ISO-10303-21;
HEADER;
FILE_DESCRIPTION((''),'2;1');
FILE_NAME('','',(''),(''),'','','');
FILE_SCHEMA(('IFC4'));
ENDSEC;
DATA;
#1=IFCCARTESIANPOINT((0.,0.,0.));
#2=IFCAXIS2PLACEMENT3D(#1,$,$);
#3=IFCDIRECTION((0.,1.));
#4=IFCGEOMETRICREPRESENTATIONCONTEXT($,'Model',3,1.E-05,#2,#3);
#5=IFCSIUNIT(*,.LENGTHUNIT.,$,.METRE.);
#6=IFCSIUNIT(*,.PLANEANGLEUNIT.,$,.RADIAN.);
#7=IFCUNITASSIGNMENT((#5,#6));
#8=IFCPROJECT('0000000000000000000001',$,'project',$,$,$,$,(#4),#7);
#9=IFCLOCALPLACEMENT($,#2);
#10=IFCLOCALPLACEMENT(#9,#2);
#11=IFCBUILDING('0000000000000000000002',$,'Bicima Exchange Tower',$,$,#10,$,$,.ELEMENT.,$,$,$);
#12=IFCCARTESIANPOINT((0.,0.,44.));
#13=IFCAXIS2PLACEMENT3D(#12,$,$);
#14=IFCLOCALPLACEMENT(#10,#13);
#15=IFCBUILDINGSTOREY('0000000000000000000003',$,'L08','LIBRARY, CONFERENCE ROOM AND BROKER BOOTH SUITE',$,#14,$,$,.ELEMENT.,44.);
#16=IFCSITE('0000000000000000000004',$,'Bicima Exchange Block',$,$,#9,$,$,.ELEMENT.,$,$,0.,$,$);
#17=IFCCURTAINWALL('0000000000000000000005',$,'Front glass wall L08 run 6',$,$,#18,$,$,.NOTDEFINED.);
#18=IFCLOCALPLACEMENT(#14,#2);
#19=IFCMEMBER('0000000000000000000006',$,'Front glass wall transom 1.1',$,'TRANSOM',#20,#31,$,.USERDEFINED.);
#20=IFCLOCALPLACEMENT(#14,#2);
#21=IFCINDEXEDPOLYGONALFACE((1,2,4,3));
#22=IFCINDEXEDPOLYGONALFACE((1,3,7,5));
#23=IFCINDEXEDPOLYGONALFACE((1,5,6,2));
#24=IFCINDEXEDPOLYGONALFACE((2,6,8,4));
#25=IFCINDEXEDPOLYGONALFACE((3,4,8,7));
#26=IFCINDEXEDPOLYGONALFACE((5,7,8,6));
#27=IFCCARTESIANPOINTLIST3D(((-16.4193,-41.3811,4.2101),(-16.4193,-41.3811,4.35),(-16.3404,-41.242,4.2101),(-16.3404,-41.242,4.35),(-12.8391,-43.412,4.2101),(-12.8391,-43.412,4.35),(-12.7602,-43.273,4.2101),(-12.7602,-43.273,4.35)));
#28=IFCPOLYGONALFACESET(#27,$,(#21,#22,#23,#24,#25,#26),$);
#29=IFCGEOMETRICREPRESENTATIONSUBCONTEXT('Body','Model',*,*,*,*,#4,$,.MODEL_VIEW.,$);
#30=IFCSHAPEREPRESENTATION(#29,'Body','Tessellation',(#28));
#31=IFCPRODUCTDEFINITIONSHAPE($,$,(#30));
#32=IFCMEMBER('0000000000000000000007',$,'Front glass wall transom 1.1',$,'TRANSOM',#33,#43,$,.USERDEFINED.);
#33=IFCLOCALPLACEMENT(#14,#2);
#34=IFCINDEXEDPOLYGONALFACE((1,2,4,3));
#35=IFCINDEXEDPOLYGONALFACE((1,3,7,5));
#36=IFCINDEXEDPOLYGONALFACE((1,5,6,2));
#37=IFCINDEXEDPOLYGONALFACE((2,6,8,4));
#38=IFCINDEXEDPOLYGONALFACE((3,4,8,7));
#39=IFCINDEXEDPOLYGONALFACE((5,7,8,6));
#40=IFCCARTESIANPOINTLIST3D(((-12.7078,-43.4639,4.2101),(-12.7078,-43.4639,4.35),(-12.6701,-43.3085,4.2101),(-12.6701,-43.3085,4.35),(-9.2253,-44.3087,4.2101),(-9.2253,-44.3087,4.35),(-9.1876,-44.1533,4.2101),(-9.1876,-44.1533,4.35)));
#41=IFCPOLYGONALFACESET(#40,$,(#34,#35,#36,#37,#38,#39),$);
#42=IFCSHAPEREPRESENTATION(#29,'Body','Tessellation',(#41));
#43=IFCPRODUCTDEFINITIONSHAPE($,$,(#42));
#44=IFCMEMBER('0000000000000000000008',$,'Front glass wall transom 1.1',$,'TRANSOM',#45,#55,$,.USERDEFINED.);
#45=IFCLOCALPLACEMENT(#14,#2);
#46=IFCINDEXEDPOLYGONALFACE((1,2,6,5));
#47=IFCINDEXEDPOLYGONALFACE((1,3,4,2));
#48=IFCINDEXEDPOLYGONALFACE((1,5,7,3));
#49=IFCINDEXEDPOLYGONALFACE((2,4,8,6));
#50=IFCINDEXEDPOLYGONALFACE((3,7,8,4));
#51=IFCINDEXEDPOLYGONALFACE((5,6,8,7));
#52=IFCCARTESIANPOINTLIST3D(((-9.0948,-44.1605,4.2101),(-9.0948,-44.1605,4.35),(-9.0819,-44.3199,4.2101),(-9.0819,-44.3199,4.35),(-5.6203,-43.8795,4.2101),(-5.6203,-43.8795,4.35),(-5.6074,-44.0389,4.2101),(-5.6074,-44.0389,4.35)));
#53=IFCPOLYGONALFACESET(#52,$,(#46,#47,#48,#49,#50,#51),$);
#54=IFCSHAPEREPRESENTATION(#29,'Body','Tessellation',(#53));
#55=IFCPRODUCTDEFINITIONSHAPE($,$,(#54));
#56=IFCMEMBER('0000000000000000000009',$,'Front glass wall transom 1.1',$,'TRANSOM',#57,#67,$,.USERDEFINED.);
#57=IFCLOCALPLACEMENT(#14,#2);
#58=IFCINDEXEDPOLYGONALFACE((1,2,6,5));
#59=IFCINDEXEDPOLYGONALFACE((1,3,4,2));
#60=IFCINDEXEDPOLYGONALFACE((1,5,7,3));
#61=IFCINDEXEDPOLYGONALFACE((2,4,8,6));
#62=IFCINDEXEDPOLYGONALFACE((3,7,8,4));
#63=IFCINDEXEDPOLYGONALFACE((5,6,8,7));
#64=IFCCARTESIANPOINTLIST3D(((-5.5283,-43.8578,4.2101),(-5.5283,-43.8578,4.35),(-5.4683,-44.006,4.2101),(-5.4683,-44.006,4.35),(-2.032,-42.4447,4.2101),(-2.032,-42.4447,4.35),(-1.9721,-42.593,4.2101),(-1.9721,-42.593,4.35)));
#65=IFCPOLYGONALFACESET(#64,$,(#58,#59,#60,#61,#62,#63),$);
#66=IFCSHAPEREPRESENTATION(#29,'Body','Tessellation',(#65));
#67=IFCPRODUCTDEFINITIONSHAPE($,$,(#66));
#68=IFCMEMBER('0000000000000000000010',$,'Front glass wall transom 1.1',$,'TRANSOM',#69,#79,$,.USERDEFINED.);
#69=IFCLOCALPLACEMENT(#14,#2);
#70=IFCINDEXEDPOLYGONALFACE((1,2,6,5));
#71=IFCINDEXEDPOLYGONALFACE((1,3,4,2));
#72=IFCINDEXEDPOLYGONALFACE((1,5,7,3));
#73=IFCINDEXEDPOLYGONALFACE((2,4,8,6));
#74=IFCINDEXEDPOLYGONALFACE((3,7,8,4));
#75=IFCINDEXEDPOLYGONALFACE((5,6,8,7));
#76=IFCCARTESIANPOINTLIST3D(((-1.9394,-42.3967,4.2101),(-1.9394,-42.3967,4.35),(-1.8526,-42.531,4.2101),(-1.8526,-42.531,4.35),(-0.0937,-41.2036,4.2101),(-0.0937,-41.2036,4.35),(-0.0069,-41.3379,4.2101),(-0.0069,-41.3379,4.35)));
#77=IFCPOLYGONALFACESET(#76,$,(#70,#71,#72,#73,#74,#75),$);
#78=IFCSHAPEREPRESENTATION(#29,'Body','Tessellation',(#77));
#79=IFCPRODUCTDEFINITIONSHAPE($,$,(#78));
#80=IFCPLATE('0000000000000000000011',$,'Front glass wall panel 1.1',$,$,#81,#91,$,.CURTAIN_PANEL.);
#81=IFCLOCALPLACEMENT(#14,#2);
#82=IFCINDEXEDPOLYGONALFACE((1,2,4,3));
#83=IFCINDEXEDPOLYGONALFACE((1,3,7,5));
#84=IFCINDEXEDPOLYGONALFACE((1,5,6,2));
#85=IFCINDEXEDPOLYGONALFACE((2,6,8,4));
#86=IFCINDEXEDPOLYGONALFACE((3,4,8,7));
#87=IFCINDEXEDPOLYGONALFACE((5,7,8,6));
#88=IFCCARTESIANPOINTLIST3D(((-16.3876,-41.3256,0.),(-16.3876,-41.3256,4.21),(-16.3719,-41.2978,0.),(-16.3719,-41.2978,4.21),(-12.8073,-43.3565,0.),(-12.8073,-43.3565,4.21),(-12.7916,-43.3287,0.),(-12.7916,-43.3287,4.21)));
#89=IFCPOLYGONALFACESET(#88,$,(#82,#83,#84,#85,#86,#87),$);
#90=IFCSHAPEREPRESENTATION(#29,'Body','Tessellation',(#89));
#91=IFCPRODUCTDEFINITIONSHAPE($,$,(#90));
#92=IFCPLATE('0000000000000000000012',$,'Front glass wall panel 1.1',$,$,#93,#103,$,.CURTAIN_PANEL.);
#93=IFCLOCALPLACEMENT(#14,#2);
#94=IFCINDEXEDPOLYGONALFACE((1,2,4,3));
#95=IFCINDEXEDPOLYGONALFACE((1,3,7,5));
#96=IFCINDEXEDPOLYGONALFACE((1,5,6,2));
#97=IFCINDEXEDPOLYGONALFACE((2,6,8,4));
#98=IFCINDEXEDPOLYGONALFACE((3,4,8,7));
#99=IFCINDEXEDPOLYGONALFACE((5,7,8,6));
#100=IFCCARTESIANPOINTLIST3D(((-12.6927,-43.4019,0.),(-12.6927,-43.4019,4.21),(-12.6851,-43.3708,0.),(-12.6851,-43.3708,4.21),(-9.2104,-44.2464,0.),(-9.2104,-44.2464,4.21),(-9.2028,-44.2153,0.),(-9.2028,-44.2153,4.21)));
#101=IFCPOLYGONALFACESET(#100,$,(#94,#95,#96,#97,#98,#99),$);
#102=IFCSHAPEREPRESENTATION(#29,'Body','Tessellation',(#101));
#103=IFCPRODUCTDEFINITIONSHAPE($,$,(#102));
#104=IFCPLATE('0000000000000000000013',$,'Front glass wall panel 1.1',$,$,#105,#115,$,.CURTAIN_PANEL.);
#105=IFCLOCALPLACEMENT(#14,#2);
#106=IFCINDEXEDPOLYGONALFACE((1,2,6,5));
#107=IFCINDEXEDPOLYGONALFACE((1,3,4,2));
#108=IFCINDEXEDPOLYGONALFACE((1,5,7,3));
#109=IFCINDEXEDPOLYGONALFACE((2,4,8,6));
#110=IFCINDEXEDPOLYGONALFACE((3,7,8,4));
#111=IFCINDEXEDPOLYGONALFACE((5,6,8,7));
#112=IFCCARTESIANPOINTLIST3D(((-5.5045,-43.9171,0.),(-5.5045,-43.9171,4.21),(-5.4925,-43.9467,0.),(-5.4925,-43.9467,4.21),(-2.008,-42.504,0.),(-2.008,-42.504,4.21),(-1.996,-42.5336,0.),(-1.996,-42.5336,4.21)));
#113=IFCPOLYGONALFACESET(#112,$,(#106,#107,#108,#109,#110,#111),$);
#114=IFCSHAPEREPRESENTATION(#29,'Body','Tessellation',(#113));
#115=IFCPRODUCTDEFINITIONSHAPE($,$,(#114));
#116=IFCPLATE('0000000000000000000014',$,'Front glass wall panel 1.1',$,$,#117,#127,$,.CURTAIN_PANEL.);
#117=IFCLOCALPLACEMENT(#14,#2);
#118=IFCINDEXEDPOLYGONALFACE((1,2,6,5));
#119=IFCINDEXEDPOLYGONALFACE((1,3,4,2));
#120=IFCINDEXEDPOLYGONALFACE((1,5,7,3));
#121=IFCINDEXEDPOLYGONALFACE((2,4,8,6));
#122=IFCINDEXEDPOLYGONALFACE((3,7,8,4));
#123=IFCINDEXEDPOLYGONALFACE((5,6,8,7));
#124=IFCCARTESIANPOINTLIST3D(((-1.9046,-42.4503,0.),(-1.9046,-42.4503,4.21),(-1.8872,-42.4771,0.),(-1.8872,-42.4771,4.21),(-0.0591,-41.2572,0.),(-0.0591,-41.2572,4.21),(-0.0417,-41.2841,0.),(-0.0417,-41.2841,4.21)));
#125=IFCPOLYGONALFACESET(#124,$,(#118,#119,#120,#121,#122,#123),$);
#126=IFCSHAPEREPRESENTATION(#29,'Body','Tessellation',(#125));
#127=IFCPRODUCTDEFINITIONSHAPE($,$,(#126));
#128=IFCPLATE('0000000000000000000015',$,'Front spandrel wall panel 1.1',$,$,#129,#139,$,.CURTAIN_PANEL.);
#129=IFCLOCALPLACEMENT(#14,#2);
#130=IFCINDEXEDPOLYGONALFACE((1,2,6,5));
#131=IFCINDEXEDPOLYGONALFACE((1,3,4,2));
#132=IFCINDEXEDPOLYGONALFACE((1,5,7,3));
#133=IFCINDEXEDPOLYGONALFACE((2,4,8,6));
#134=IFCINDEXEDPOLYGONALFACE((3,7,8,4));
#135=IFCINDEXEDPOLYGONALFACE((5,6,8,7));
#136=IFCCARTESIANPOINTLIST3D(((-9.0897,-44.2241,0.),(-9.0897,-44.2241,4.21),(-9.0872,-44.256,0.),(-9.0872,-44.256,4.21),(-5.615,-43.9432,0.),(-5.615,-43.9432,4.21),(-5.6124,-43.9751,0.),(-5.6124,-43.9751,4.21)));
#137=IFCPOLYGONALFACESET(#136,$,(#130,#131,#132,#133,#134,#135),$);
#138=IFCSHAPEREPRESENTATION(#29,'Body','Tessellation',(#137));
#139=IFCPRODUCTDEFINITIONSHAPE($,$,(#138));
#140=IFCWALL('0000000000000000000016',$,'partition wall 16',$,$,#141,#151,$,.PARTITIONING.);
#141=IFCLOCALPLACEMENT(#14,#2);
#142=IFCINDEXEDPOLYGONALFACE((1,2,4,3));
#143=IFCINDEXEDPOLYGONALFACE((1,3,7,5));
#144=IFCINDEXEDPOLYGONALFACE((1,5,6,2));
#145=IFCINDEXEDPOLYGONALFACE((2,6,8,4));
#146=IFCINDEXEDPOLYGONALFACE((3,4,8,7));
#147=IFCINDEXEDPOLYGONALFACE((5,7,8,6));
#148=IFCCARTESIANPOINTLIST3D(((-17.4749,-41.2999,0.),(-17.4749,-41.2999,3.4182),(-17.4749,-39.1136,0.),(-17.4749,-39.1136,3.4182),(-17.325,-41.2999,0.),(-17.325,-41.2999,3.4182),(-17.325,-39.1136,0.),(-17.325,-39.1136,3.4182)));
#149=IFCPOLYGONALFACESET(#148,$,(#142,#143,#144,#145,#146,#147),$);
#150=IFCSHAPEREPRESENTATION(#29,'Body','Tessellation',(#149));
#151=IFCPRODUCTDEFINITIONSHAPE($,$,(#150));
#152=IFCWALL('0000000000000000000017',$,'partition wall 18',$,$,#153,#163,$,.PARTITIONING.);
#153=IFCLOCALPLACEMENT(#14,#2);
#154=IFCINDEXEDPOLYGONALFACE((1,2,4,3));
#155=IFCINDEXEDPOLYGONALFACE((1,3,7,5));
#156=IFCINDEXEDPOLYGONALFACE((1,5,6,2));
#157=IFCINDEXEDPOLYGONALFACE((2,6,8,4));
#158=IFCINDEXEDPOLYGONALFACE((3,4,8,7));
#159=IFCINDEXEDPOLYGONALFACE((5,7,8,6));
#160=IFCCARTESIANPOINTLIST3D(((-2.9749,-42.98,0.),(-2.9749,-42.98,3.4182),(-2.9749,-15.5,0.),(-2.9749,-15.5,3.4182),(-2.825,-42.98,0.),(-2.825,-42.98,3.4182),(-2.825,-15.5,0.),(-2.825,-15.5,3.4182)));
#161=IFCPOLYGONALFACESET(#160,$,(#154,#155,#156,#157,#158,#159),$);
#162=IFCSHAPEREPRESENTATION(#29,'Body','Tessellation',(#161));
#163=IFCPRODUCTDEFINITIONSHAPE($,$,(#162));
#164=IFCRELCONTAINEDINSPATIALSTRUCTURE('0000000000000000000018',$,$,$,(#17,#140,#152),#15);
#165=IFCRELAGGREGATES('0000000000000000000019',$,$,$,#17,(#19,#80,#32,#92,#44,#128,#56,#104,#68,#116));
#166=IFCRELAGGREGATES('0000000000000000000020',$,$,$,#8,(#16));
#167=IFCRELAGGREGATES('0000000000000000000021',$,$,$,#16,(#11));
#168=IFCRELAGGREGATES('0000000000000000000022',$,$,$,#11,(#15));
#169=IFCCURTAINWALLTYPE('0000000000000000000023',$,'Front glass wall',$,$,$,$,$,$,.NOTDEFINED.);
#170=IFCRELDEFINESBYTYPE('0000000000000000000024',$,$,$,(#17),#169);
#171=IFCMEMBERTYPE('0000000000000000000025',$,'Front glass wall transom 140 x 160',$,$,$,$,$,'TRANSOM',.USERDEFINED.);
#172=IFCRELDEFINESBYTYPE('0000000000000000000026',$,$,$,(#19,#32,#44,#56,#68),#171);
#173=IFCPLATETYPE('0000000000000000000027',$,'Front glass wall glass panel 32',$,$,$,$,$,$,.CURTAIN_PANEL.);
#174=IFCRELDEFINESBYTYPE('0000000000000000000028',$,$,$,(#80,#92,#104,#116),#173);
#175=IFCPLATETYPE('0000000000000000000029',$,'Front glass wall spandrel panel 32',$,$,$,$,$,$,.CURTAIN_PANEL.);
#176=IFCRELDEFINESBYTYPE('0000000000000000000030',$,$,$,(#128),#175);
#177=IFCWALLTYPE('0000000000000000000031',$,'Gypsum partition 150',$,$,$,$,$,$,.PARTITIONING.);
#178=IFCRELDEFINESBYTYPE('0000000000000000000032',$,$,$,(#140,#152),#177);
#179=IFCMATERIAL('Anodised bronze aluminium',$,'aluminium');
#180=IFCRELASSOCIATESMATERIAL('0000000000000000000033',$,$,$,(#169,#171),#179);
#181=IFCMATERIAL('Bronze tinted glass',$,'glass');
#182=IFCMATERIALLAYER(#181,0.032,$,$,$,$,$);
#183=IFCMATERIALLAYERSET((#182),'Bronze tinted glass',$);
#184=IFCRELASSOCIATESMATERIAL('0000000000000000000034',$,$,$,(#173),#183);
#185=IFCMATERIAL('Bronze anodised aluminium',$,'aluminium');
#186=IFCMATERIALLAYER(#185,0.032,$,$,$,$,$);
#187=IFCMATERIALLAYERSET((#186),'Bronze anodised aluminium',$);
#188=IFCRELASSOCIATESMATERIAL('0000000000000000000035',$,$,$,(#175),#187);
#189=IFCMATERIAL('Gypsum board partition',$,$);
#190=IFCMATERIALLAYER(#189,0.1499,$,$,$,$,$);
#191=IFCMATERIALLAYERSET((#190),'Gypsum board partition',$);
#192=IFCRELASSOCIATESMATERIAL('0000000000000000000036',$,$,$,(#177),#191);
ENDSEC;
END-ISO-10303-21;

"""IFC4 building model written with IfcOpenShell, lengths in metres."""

from ifc_helpers import new_model, si_unit, direction, frame, frame_2d, origin, origin_2d, place, context, subcontext, project, spatial, rectangle, extrude, material, layer, layer_set, material_profile, profile_set, type_object, element, aggregate, save


model = new_model("IFC4")

# Units and contexts
model_context = context("Model", 3, precision=1e-05, world=origin(), true_north=direction((0.0, 1.0)))
body_context = subcontext(model_context, "Body", "Model", "MODEL_VIEW")
ifc_project = project(units=[si_unit("LENGTHUNIT", "METRE"), si_unit("PLANEANGLEUNIT", "RADIAN")], contexts=[model_context])

# Site, building, storey
site_placement = place(None, origin())
site = spatial("IfcSite", under=ifc_project, at=site_placement, Name="Bicima Exchange Block", CompositionType="ELEMENT", RefElevation=0.0)
building_placement = place(site_placement, origin())
building = spatial("IfcBuilding", under=site, at=building_placement, Name="Bicima Exchange Tower", CompositionType="ELEMENT")
storey_placement = place(building_placement, frame((0.0, 0.0, 44.0)))
storey = spatial("IfcBuildingStorey", under=building, at=storey_placement, Name="L08", Description="LIBRARY, CONFERENCE ROOM AND BROKER BOOTH SUITE", CompositionType="ELEMENT", Elevation=44.0)

# Curtain wall, members, plates
ifc_material_1 = material(Name="Anodised bronze aluminium", Category="aluminium")
curtain_wall_type = type_object("IfcCurtainWallType", Name="Front glass wall", PredefinedType="NOTDEFINED", material=ifc_material_1)
curtain_wall_placement = place(storey_placement, origin())
curtain_wall = element("IfcCurtainWall", 1, at=curtain_wall_placement, inside=storey, type_object=curtain_wall_type, Name="Front glass wall L08 run 6", PredefinedType="NOTDEFINED")
ifc_material_profile_1 = material_profile(ifc_material_1, rectangle(XDim=0.1599, YDim=0.1399, at=origin_2d()))
ifc_profile_set_1 = profile_set([ifc_material_profile_1], Name="Anodised bronze aluminium")
member_type_1 = type_object("IfcMemberType", Name="Front glass wall transom 140 x 160", ElementType="TRANSOM", PredefinedType="USERDEFINED", material=ifc_profile_set_1)
member_1_placement = place(storey_placement, frame((-16.3799, -41.3115, 4.28), z_axis=(0.869797, -0.493409, 0.0), x_axis=(0.493409, 0.869797, 0.0)))
member_1 = element("IfcMember", 2, at=member_1_placement, type_object=member_type_1, Name="Front glass wall transom 1.1", ObjectType="TRANSOM", PredefinedType="USERDEFINED", context=body_context, shape_type="SweptSolid", body=[
    extrude(rectangle(XDim=0.1599, YDim=0.1399, at=origin_2d()), origin(), (0.0, 0.0, 1.0), 4.1162),
])
member_2_placement = place(storey_placement, frame((-12.689, -43.3862, 4.28), z_axis=(0.971818, -0.235733, 0.0), x_axis=(0.235733, 0.971818, 0.0)))
member_2 = element("IfcMember", 3, at=member_2_placement, type_object=member_type_1, Name="Front glass wall transom 1.1", ObjectType="TRANSOM", PredefinedType="USERDEFINED", context=body_context, shape_type="SweptSolid", body=[
    extrude(rectangle(XDim=0.1599, YDim=0.1399, at=origin_2d()), origin(), (0.0, 0.0, 1.0), 3.5835),
])
member_3_placement = place(storey_placement, frame((-9.0884, -44.2402, 4.28), z_axis=(0.996746, 0.080611, 0.0), x_axis=(-0.080611, 0.996746, 0.0)))
member_3 = element("IfcMember", 4, at=member_3_placement, type_object=member_type_1, Name="Front glass wall transom 1.1", ObjectType="TRANSOM", PredefinedType="USERDEFINED", context=body_context, shape_type="SweptSolid", body=[
    extrude(rectangle(XDim=0.1599, YDim=0.1399, at=origin_2d()), origin(), (0.0, 0.0, 1.0), 3.4858),
])
member_4_placement = place(storey_placement, frame((-5.4983, -43.9319, 4.28), z_axis=(0.92714, 0.374715, 0.0), x_axis=(-0.374715, 0.92714, 0.0)))
member_4 = element("IfcMember", 5, at=member_4_placement, type_object=member_type_1, Name="Front glass wall transom 1.1", ObjectType="TRANSOM", PredefinedType="USERDEFINED", context=body_context, shape_type="SweptSolid", body=[
    extrude(rectangle(XDim=0.1599, YDim=0.1399, at=origin_2d()), origin(), (0.0, 0.0, 1.0), 3.771),
])
member_5_placement = place(storey_placement, frame((-1.896, -42.4639, 4.28), z_axis=(0.839811, 0.542878, 0.0), x_axis=(-0.542878, 0.839811, 0.0)))
member_5 = element("IfcMember", 6, at=member_5_placement, type_object=member_type_1, Name="Front glass wall transom 1.1", ObjectType="TRANSOM", PredefinedType="USERDEFINED", context=body_context, shape_type="SweptSolid", body=[
    extrude(rectangle(XDim=0.1599, YDim=0.1399, at=origin_2d()), origin(), (0.0, 0.0, 1.0), 2.1978),
])
ifc_material_2 = material(Name="Bronze tinted glass", Category="glass")
ifc_layer_1 = layer(ifc_material_2, 0.032)
ifc_layer_set_1 = layer_set([ifc_layer_1], Name="Bronze tinted glass")
plate_type_1 = type_object("IfcPlateType", Name="Front glass wall glass panel 32", PredefinedType="CURTAIN_PANEL", material=ifc_layer_set_1)
plate_1_placement = place(storey_placement, frame((-14.5896, -42.3271, 0.0), z_axis=(0.0, 0.0, 1.0), x_axis=(0.869805, -0.493395, 0.0)))
plate_1 = element("IfcPlate", 7, at=plate_1_placement, type_object=plate_type_1, Name="Front glass wall panel 1.1", PredefinedType="CURTAIN_PANEL", context=body_context, shape_type="SweptSolid", body=[
    extrude(rectangle(XDim=4.1162, YDim=0.032, at=origin_2d()), origin(), (0.0, 0.0, 1.0), 4.21),
])
plate_2_placement = place(storey_placement, frame((-10.9478, -43.8086, 0.0), z_axis=(0.0, 0.0, 1.0), x_axis=(0.97183, -0.235682, 0.0)))
plate_2 = element("IfcPlate", 8, at=plate_2_placement, type_object=plate_type_1, Name="Front glass wall panel 1.1", PredefinedType="CURTAIN_PANEL", context=body_context, shape_type="SweptSolid", body=[
    extrude(rectangle(XDim=3.5833, YDim=0.032, at=origin_2d()), origin(), (0.0, 0.0, 1.0), 4.21),
])
plate_3_placement = place(storey_placement, frame((-3.7502, -43.2253, 0.0), z_axis=(0.0, 0.0, 1.0), x_axis=(0.927144, 0.374705, 0.0)))
plate_3 = element("IfcPlate", 9, at=plate_3_placement, type_object=plate_type_1, Name="Front glass wall panel 1.1", PredefinedType="CURTAIN_PANEL", context=body_context, shape_type="SweptSolid", body=[
    extrude(rectangle(XDim=3.7712, YDim=0.032, at=origin_2d()), origin(), (0.0, 0.0, 1.0), 4.21),
])
plate_4_placement = place(storey_placement, frame((-0.9731, -41.8672, 0.0), z_axis=(0.0, 0.0, 1.0), x_axis=(0.839799, 0.542897, 0.0)))
plate_4 = element("IfcPlate", 10, at=plate_4_placement, type_object=plate_type_1, Name="Front glass wall panel 1.1", PredefinedType="CURTAIN_PANEL", context=body_context, shape_type="SweptSolid", body=[
    extrude(rectangle(XDim=2.1975, YDim=0.032, at=origin_2d()), origin(), (0.0, 0.0, 1.0), 4.21),
])
ifc_material_3 = material(Name="Bronze anodised aluminium", Category="aluminium")
ifc_layer_2 = layer(ifc_material_3, 0.032)
ifc_layer_set_2 = layer_set([ifc_layer_2], Name="Bronze anodised aluminium")
plate_type_2 = type_object("IfcPlateType", Name="Front glass wall spandrel panel 32", PredefinedType="CURTAIN_PANEL", material=ifc_layer_set_2)
plate_5_placement = place(storey_placement, frame((-7.3511, -44.0996, 0.0), z_axis=(0.0, 0.0, 1.0), x_axis=(0.996747, 0.080589, 0.0)))
plate_5 = element("IfcPlate", 11, at=plate_5_placement, type_object=plate_type_2, Name="Front spandrel wall panel 1.1", PredefinedType="CURTAIN_PANEL", context=body_context, shape_type="SweptSolid", body=[
    extrude(rectangle(XDim=3.4861, YDim=0.032, at=origin_2d()), origin(), (0.0, 0.0, 1.0), 4.21),
])
aggregate(curtain_wall, [member_1, plate_1, member_2, plate_2, member_3, plate_5, member_4, plate_3, member_5, plate_4])

# Walls
ifc_material_4 = material(Name="Gypsum board partition")
ifc_layer_3 = layer(ifc_material_4, 0.1499)
ifc_layer_set_3 = layer_set([ifc_layer_3], Name="Gypsum board partition")
wall_type = type_object("IfcWallType", Name="Gypsum partition 150", PredefinedType="PARTITIONING", material=ifc_layer_set_3)
wall_1_placement = place(storey_placement, frame((-17.3999, -41.3, 0.0), z_axis=(0.0, 0.0, 1.0), x_axis=(0.0, 1.0, 0.0)))
element("IfcWall", 12, at=wall_1_placement, inside=storey, type_object=wall_type, Name="partition wall 16", PredefinedType="PARTITIONING", context=body_context, shape_type="SweptSolid", body=[
    extrude(rectangle(XDim=2.1863, YDim=0.1499, at=frame_2d((1.0933, 0.0))), origin(), (0.0, 0.0, 1.0), 3.4182),
])
wall_2_placement = place(storey_placement, frame((-2.8999, -42.98, 0.0), z_axis=(0.0, 0.0, 1.0), x_axis=(0.0, 1.0, 0.0)))
element("IfcWall", 13, at=wall_2_placement, inside=storey, type_object=wall_type, Name="partition wall 18", PredefinedType="PARTITIONING", context=body_context, shape_type="SweptSolid", body=[
    extrude(rectangle(XDim=27.48, YDim=0.1499, at=frame_2d((13.74, 0.0))), origin(), (0.0, 0.0, 1.0), 3.4182),
])

save(model, "model.ifc")
